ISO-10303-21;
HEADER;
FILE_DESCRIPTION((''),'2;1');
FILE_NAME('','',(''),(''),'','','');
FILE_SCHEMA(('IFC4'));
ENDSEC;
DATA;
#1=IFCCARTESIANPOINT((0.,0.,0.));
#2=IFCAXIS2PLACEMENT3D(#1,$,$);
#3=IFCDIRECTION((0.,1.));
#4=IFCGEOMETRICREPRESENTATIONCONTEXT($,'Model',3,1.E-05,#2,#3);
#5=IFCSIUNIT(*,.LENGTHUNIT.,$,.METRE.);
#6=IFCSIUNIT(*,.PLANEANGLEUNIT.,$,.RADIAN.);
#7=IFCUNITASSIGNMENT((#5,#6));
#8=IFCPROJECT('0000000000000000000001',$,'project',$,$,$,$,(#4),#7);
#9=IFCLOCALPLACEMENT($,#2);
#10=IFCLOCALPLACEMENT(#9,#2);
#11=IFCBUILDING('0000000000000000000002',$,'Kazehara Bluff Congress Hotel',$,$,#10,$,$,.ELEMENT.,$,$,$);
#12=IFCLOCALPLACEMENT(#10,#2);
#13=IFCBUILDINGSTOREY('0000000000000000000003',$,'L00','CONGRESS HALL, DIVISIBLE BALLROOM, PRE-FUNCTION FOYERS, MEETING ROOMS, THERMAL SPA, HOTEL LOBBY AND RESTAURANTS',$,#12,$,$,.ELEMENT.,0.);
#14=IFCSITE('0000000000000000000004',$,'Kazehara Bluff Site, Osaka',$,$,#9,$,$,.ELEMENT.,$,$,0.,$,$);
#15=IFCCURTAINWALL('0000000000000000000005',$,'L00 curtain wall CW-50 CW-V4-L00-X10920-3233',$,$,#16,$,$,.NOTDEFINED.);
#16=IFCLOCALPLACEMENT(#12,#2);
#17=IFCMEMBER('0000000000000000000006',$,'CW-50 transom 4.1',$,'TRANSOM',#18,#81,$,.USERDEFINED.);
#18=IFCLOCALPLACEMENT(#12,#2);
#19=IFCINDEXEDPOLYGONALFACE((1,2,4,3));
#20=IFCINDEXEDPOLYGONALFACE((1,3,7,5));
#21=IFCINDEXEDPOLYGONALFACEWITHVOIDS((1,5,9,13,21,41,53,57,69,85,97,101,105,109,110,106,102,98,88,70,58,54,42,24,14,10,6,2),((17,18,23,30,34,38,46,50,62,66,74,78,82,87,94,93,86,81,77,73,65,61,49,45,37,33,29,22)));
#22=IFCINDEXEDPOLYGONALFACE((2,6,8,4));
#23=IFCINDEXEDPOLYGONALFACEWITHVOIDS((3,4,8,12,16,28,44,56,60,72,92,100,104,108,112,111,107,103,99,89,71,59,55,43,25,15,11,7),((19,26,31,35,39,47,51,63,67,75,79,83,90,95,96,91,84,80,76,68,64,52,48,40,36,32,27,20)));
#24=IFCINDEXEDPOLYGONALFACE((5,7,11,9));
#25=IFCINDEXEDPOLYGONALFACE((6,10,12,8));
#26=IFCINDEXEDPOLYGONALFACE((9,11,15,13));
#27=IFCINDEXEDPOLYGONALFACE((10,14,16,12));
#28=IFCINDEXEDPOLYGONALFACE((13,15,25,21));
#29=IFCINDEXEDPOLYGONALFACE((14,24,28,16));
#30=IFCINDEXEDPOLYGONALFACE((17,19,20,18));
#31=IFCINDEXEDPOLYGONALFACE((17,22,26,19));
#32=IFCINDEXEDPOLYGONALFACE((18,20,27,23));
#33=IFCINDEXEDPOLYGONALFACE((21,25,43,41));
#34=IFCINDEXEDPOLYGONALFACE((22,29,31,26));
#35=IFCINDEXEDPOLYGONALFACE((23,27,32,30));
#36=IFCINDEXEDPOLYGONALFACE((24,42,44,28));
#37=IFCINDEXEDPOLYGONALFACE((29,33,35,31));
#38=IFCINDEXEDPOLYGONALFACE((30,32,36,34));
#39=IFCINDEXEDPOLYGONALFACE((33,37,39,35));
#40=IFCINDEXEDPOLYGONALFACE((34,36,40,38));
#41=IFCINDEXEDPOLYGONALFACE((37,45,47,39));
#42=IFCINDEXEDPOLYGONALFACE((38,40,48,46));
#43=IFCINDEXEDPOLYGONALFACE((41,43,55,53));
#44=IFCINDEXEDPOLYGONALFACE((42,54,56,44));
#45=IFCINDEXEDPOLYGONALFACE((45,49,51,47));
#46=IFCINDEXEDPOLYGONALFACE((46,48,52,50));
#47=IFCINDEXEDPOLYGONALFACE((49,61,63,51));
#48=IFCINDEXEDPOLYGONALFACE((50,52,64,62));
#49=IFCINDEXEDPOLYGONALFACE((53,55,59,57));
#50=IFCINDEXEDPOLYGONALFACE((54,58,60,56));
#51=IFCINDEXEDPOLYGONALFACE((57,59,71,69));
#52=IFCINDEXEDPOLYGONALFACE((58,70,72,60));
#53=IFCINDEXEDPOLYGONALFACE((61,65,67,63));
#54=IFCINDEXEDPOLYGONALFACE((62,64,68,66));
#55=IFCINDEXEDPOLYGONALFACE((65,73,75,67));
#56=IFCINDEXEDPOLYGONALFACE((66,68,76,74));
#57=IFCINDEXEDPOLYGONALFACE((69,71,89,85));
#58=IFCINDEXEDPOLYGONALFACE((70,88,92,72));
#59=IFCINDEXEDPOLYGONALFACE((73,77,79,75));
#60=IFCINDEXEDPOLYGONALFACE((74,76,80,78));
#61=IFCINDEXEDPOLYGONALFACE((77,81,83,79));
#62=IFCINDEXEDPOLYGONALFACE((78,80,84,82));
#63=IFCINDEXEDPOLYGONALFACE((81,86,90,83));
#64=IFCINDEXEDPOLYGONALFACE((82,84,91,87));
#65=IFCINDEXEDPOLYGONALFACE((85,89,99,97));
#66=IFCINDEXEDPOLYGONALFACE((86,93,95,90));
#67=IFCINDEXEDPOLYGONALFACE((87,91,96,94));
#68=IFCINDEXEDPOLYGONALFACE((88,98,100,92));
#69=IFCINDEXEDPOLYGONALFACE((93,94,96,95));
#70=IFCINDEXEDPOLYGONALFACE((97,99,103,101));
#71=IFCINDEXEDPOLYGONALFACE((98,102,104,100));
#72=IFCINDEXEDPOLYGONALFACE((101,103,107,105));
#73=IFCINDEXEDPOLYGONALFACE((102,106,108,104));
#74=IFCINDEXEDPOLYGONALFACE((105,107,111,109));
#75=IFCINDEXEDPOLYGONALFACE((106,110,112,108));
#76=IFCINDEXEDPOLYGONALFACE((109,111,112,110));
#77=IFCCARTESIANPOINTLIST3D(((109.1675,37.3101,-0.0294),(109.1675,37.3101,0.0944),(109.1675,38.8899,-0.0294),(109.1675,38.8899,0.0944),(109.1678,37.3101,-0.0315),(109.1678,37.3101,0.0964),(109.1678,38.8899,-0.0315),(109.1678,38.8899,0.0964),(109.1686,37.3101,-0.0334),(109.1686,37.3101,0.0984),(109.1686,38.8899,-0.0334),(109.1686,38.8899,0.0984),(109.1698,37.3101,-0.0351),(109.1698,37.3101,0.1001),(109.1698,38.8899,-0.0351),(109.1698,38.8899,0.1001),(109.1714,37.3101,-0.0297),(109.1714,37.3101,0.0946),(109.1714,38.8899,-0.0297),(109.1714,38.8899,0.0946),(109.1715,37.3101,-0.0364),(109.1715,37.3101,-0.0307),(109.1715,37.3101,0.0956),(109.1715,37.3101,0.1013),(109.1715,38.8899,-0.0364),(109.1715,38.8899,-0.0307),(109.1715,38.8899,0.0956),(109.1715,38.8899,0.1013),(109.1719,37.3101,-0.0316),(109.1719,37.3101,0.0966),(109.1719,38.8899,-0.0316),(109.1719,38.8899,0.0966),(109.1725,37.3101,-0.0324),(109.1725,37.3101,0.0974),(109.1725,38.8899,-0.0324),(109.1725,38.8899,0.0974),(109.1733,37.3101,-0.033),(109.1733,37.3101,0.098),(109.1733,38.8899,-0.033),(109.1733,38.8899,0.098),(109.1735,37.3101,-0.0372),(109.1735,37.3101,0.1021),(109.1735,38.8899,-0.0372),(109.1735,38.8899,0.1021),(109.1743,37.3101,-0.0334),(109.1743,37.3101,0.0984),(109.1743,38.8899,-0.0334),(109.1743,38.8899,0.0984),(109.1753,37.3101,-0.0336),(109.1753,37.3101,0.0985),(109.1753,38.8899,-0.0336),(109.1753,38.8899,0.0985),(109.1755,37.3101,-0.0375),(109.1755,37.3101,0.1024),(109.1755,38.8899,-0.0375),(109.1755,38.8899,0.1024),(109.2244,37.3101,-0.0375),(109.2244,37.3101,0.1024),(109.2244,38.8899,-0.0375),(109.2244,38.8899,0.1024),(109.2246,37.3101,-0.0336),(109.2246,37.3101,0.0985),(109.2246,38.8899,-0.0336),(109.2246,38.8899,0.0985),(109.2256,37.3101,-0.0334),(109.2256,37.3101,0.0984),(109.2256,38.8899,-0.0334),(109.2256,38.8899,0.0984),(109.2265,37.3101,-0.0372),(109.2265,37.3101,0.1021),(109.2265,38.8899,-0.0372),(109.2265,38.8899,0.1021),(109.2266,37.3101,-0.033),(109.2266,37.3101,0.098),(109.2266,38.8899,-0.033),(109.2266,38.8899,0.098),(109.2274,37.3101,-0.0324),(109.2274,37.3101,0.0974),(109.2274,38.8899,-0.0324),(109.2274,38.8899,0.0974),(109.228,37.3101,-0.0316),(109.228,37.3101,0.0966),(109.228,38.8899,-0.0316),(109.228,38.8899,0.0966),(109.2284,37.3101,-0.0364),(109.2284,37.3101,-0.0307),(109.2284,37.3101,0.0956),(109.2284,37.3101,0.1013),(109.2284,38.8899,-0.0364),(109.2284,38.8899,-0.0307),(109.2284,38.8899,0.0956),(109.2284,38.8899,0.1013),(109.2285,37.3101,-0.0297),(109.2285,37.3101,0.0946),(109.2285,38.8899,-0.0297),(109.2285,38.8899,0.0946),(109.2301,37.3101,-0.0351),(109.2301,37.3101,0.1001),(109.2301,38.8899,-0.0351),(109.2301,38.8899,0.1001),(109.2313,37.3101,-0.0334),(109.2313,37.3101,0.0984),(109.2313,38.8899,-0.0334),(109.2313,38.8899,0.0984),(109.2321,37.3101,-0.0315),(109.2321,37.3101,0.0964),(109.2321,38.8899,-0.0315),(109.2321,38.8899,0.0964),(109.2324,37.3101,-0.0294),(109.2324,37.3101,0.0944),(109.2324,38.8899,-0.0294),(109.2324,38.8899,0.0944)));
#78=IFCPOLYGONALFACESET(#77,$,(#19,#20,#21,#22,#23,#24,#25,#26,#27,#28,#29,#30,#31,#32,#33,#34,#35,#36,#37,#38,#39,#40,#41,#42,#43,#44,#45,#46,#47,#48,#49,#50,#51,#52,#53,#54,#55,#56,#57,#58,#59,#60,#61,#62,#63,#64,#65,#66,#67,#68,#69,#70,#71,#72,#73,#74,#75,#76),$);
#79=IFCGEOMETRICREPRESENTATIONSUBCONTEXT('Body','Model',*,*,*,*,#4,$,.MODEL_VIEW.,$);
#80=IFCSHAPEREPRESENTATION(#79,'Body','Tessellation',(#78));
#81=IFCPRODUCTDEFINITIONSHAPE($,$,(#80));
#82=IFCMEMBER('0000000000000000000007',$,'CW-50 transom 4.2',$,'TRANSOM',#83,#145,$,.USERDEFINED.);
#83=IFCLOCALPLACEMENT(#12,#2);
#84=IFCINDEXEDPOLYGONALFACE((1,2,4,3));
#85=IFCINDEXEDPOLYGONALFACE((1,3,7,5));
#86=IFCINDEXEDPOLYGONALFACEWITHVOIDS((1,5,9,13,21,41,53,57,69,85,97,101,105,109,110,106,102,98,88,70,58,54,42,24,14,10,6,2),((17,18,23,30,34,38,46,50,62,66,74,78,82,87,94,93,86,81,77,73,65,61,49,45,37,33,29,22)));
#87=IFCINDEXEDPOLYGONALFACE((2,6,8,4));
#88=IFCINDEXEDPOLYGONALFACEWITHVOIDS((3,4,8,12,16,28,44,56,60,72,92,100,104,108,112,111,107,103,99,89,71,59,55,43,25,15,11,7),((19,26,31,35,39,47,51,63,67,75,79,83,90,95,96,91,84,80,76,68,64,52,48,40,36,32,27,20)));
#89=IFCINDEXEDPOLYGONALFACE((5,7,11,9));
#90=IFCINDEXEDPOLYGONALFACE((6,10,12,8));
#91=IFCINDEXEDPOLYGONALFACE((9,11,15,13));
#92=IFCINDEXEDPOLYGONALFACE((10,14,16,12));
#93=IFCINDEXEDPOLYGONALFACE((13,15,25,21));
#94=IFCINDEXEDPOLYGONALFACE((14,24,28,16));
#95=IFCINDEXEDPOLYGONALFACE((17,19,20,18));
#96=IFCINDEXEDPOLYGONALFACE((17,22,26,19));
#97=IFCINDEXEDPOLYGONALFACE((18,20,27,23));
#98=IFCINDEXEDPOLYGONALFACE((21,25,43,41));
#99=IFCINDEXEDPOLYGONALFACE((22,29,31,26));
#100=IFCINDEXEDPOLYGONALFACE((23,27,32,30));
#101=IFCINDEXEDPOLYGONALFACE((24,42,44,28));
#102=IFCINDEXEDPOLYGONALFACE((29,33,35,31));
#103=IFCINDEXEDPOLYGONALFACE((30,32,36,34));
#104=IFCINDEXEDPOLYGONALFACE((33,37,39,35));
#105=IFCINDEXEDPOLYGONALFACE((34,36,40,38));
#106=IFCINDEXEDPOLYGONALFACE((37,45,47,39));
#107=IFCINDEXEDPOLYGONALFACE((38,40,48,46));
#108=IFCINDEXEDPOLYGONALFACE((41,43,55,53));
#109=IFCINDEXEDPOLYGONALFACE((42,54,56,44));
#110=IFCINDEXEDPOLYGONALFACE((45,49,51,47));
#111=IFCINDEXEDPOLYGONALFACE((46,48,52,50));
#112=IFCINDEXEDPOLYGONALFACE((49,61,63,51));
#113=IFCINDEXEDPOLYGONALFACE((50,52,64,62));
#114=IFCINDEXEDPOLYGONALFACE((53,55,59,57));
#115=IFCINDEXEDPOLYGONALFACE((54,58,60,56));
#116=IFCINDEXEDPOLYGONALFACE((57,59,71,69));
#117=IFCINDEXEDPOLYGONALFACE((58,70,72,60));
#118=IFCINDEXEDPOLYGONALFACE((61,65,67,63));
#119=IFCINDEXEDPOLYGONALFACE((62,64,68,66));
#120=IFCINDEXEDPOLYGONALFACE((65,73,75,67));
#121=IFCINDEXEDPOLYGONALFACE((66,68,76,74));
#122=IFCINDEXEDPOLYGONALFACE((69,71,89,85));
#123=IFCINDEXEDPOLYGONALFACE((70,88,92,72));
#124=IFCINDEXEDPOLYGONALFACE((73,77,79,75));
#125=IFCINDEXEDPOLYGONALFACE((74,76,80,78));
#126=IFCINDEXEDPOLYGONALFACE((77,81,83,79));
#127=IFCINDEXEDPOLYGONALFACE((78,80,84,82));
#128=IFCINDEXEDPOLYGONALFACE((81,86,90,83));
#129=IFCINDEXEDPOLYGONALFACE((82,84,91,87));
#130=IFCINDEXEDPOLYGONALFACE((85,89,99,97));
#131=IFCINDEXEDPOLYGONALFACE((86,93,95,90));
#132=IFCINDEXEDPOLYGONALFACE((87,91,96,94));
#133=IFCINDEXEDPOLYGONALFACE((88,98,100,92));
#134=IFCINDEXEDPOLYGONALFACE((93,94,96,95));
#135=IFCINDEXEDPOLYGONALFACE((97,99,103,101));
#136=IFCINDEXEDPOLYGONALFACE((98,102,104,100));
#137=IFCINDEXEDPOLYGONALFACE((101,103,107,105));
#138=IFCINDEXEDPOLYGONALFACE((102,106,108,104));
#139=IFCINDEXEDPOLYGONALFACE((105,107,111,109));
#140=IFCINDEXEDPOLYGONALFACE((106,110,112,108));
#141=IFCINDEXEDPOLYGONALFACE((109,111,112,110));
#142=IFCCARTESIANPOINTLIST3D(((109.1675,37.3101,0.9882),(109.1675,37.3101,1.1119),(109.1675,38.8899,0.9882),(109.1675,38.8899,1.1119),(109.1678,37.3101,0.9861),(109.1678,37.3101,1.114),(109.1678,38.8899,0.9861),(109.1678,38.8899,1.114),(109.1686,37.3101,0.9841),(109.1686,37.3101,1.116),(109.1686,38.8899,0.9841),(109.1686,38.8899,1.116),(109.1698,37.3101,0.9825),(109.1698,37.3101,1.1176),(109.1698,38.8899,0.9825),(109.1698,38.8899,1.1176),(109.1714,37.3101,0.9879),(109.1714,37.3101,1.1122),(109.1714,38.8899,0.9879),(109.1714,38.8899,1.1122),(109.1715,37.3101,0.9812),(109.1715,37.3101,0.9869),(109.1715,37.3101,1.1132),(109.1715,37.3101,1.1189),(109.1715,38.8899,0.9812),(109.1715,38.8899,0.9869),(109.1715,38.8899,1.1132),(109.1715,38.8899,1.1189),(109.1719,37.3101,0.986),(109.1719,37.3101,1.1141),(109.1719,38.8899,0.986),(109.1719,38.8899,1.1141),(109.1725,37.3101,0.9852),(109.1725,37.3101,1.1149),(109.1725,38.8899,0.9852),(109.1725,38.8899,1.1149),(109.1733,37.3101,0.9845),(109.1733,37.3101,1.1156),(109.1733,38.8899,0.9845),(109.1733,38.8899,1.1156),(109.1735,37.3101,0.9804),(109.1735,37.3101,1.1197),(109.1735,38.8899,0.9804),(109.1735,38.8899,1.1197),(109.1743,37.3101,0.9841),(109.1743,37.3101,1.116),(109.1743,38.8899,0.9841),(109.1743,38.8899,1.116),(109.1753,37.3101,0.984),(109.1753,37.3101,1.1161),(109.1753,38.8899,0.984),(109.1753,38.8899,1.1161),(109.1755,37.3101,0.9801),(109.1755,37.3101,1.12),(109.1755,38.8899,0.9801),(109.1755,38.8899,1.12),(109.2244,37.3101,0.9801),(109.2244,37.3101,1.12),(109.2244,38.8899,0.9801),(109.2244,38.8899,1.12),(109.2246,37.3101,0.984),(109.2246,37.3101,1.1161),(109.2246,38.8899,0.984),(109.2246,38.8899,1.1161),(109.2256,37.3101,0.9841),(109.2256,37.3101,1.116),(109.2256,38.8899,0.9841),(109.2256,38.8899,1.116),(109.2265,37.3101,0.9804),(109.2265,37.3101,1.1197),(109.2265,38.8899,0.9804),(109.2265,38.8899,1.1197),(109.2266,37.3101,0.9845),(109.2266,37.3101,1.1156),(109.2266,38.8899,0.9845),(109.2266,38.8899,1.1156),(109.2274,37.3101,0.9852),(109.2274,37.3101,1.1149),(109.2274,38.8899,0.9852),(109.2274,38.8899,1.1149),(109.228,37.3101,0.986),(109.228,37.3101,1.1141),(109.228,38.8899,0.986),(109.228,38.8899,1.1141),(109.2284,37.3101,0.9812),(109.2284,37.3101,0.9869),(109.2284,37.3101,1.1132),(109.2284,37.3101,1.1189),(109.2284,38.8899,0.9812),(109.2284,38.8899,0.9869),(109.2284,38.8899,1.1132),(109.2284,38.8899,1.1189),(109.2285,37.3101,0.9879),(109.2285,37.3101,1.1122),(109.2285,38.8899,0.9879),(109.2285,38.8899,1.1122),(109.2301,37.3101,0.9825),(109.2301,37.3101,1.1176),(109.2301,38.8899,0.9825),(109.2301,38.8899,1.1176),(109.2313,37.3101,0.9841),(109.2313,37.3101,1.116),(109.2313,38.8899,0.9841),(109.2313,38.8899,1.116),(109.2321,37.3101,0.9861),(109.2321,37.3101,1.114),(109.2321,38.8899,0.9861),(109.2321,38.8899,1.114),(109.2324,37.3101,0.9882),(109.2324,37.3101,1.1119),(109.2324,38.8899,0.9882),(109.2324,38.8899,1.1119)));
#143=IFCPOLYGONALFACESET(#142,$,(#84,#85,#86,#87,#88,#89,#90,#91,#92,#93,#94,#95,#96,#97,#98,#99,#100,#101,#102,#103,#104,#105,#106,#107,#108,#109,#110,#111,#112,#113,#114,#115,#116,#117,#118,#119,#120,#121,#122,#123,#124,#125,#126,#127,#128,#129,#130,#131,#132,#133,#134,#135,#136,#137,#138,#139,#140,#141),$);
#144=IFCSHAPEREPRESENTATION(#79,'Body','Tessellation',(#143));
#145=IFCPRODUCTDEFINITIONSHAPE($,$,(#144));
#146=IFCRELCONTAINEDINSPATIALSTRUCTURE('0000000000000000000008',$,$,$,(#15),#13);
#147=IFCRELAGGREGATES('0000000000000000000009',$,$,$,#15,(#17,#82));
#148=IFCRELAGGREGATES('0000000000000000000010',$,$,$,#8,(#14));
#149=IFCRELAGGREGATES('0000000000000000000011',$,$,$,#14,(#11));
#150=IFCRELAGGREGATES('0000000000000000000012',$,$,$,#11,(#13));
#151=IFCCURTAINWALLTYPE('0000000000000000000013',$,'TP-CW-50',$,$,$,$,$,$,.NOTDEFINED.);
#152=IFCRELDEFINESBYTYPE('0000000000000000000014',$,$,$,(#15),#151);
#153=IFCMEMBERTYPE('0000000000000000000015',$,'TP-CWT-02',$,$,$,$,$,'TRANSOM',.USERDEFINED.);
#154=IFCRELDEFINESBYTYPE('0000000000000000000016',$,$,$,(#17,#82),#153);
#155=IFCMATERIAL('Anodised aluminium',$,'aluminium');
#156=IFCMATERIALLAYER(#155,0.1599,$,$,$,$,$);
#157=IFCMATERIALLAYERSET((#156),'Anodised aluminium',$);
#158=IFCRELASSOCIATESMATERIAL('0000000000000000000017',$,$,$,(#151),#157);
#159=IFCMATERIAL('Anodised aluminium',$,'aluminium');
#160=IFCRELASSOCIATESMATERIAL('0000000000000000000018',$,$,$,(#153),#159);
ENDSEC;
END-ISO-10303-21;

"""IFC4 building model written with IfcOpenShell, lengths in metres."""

from ifc_helpers import new_model, si_unit, direction, frame, origin, origin_2d, place, context, subcontext, project, spatial, hollow_rectangle, extrude, material, layer, layer_set, material_profile, profile_set, type_object, element, aggregate, save


model = new_model("IFC4")

# Units and contexts
model_context = context("Model", 3, precision=1e-05, world=origin(), true_north=direction((0.0, 1.0)))
body_context = subcontext(model_context, "Body", "Model", "MODEL_VIEW")
ifc_project = project(units=[si_unit("LENGTHUNIT", "METRE"), si_unit("PLANEANGLEUNIT", "RADIAN")], contexts=[model_context])

# Site, building, storey
site_placement = place(None, origin())
site = spatial("IfcSite", under=ifc_project, at=site_placement, Name="Kazehara Bluff Site, Osaka", CompositionType="ELEMENT", RefElevation=0.0)
building_placement = place(site_placement, origin())
building = spatial("IfcBuilding", under=site, at=building_placement, Name="Kazehara Bluff Congress Hotel", CompositionType="ELEMENT")
storey_placement = place(building_placement, origin())
storey = spatial("IfcBuildingStorey", under=building, at=storey_placement, Name="L00", Description="CONGRESS HALL, DIVISIBLE BALLROOM, PRE-FUNCTION FOYERS, MEETING ROOMS, THERMAL SPA, HOTEL LOBBY AND RESTAURANTS", CompositionType="ELEMENT", Elevation=0.0)

# Curtain wall, members
ifc_material_1 = material(Name="Anodised aluminium", Category="aluminium")
ifc_layer_1 = layer(ifc_material_1, 0.1599)
ifc_layer_set_1 = layer_set([ifc_layer_1], Name="Anodised aluminium")
curtain_wall_type = type_object("IfcCurtainWallType", Name="TP-CW-50", PredefinedType="NOTDEFINED", material=ifc_layer_set_1)
curtain_wall_placement = place(storey_placement, origin())
curtain_wall = element("IfcCurtainWall", 1, at=curtain_wall_placement, inside=storey, type_object=curtain_wall_type, Name="L00 curtain wall CW-50 CW-V4-L00-X10920-3233", PredefinedType="NOTDEFINED")
ifc_material_2 = material(Name="Anodised aluminium", Category="aluminium")
ifc_material_profile_1 = material_profile(ifc_material_2, hollow_rectangle(XDim=0.0649, YDim=0.1399, WallThickness=0.0039, InnerFilletRadius=0.0039, OuterFilletRadius=0.0081, at=origin_2d()))
ifc_profile_set_1 = profile_set([ifc_material_profile_1], Name="Anodised aluminium")
member_type_1 = type_object("IfcMemberType", Name="TP-CWT-02", ElementType="TRANSOM", PredefinedType="USERDEFINED", material=ifc_profile_set_1)
member_1_placement = place(storey_placement, frame((109.2, 37.3101, 0.0325), z_axis=(0.0, 1.0, 0.0), x_axis=(-1.0, 0.0, 0.0)))
member_1 = element("IfcMember", 2, at=member_1_placement, type_object=member_type_1, Name="CW-50 transom 4.1", ObjectType="TRANSOM", PredefinedType="USERDEFINED", context=body_context, shape_type="SweptSolid", body=[
    extrude(hollow_rectangle(XDim=0.0649, YDim=0.1399, WallThickness=0.0039, InnerFilletRadius=0.0039, OuterFilletRadius=0.0081, at=origin_2d()), origin(), (0.0, 0.0, 1.0), 1.5798),
])
member_2_placement = place(storey_placement, frame((109.2, 37.3101, 1.05), z_axis=(0.0, 1.0, 0.0), x_axis=(-1.0, 0.0, 0.0)))
member_2 = element("IfcMember", 3, at=member_2_placement, type_object=member_type_1, Name="CW-50 transom 4.2", ObjectType="TRANSOM", PredefinedType="USERDEFINED", context=body_context, shape_type="SweptSolid", body=[
    extrude(hollow_rectangle(XDim=0.0649, YDim=0.1399, WallThickness=0.0039, InnerFilletRadius=0.0039, OuterFilletRadius=0.0081, at=origin_2d()), origin(), (0.0, 0.0, 1.0), 1.5798),
])

aggregate(curtain_wall, [member_1, member_2])

save(model, "model.ifc")
